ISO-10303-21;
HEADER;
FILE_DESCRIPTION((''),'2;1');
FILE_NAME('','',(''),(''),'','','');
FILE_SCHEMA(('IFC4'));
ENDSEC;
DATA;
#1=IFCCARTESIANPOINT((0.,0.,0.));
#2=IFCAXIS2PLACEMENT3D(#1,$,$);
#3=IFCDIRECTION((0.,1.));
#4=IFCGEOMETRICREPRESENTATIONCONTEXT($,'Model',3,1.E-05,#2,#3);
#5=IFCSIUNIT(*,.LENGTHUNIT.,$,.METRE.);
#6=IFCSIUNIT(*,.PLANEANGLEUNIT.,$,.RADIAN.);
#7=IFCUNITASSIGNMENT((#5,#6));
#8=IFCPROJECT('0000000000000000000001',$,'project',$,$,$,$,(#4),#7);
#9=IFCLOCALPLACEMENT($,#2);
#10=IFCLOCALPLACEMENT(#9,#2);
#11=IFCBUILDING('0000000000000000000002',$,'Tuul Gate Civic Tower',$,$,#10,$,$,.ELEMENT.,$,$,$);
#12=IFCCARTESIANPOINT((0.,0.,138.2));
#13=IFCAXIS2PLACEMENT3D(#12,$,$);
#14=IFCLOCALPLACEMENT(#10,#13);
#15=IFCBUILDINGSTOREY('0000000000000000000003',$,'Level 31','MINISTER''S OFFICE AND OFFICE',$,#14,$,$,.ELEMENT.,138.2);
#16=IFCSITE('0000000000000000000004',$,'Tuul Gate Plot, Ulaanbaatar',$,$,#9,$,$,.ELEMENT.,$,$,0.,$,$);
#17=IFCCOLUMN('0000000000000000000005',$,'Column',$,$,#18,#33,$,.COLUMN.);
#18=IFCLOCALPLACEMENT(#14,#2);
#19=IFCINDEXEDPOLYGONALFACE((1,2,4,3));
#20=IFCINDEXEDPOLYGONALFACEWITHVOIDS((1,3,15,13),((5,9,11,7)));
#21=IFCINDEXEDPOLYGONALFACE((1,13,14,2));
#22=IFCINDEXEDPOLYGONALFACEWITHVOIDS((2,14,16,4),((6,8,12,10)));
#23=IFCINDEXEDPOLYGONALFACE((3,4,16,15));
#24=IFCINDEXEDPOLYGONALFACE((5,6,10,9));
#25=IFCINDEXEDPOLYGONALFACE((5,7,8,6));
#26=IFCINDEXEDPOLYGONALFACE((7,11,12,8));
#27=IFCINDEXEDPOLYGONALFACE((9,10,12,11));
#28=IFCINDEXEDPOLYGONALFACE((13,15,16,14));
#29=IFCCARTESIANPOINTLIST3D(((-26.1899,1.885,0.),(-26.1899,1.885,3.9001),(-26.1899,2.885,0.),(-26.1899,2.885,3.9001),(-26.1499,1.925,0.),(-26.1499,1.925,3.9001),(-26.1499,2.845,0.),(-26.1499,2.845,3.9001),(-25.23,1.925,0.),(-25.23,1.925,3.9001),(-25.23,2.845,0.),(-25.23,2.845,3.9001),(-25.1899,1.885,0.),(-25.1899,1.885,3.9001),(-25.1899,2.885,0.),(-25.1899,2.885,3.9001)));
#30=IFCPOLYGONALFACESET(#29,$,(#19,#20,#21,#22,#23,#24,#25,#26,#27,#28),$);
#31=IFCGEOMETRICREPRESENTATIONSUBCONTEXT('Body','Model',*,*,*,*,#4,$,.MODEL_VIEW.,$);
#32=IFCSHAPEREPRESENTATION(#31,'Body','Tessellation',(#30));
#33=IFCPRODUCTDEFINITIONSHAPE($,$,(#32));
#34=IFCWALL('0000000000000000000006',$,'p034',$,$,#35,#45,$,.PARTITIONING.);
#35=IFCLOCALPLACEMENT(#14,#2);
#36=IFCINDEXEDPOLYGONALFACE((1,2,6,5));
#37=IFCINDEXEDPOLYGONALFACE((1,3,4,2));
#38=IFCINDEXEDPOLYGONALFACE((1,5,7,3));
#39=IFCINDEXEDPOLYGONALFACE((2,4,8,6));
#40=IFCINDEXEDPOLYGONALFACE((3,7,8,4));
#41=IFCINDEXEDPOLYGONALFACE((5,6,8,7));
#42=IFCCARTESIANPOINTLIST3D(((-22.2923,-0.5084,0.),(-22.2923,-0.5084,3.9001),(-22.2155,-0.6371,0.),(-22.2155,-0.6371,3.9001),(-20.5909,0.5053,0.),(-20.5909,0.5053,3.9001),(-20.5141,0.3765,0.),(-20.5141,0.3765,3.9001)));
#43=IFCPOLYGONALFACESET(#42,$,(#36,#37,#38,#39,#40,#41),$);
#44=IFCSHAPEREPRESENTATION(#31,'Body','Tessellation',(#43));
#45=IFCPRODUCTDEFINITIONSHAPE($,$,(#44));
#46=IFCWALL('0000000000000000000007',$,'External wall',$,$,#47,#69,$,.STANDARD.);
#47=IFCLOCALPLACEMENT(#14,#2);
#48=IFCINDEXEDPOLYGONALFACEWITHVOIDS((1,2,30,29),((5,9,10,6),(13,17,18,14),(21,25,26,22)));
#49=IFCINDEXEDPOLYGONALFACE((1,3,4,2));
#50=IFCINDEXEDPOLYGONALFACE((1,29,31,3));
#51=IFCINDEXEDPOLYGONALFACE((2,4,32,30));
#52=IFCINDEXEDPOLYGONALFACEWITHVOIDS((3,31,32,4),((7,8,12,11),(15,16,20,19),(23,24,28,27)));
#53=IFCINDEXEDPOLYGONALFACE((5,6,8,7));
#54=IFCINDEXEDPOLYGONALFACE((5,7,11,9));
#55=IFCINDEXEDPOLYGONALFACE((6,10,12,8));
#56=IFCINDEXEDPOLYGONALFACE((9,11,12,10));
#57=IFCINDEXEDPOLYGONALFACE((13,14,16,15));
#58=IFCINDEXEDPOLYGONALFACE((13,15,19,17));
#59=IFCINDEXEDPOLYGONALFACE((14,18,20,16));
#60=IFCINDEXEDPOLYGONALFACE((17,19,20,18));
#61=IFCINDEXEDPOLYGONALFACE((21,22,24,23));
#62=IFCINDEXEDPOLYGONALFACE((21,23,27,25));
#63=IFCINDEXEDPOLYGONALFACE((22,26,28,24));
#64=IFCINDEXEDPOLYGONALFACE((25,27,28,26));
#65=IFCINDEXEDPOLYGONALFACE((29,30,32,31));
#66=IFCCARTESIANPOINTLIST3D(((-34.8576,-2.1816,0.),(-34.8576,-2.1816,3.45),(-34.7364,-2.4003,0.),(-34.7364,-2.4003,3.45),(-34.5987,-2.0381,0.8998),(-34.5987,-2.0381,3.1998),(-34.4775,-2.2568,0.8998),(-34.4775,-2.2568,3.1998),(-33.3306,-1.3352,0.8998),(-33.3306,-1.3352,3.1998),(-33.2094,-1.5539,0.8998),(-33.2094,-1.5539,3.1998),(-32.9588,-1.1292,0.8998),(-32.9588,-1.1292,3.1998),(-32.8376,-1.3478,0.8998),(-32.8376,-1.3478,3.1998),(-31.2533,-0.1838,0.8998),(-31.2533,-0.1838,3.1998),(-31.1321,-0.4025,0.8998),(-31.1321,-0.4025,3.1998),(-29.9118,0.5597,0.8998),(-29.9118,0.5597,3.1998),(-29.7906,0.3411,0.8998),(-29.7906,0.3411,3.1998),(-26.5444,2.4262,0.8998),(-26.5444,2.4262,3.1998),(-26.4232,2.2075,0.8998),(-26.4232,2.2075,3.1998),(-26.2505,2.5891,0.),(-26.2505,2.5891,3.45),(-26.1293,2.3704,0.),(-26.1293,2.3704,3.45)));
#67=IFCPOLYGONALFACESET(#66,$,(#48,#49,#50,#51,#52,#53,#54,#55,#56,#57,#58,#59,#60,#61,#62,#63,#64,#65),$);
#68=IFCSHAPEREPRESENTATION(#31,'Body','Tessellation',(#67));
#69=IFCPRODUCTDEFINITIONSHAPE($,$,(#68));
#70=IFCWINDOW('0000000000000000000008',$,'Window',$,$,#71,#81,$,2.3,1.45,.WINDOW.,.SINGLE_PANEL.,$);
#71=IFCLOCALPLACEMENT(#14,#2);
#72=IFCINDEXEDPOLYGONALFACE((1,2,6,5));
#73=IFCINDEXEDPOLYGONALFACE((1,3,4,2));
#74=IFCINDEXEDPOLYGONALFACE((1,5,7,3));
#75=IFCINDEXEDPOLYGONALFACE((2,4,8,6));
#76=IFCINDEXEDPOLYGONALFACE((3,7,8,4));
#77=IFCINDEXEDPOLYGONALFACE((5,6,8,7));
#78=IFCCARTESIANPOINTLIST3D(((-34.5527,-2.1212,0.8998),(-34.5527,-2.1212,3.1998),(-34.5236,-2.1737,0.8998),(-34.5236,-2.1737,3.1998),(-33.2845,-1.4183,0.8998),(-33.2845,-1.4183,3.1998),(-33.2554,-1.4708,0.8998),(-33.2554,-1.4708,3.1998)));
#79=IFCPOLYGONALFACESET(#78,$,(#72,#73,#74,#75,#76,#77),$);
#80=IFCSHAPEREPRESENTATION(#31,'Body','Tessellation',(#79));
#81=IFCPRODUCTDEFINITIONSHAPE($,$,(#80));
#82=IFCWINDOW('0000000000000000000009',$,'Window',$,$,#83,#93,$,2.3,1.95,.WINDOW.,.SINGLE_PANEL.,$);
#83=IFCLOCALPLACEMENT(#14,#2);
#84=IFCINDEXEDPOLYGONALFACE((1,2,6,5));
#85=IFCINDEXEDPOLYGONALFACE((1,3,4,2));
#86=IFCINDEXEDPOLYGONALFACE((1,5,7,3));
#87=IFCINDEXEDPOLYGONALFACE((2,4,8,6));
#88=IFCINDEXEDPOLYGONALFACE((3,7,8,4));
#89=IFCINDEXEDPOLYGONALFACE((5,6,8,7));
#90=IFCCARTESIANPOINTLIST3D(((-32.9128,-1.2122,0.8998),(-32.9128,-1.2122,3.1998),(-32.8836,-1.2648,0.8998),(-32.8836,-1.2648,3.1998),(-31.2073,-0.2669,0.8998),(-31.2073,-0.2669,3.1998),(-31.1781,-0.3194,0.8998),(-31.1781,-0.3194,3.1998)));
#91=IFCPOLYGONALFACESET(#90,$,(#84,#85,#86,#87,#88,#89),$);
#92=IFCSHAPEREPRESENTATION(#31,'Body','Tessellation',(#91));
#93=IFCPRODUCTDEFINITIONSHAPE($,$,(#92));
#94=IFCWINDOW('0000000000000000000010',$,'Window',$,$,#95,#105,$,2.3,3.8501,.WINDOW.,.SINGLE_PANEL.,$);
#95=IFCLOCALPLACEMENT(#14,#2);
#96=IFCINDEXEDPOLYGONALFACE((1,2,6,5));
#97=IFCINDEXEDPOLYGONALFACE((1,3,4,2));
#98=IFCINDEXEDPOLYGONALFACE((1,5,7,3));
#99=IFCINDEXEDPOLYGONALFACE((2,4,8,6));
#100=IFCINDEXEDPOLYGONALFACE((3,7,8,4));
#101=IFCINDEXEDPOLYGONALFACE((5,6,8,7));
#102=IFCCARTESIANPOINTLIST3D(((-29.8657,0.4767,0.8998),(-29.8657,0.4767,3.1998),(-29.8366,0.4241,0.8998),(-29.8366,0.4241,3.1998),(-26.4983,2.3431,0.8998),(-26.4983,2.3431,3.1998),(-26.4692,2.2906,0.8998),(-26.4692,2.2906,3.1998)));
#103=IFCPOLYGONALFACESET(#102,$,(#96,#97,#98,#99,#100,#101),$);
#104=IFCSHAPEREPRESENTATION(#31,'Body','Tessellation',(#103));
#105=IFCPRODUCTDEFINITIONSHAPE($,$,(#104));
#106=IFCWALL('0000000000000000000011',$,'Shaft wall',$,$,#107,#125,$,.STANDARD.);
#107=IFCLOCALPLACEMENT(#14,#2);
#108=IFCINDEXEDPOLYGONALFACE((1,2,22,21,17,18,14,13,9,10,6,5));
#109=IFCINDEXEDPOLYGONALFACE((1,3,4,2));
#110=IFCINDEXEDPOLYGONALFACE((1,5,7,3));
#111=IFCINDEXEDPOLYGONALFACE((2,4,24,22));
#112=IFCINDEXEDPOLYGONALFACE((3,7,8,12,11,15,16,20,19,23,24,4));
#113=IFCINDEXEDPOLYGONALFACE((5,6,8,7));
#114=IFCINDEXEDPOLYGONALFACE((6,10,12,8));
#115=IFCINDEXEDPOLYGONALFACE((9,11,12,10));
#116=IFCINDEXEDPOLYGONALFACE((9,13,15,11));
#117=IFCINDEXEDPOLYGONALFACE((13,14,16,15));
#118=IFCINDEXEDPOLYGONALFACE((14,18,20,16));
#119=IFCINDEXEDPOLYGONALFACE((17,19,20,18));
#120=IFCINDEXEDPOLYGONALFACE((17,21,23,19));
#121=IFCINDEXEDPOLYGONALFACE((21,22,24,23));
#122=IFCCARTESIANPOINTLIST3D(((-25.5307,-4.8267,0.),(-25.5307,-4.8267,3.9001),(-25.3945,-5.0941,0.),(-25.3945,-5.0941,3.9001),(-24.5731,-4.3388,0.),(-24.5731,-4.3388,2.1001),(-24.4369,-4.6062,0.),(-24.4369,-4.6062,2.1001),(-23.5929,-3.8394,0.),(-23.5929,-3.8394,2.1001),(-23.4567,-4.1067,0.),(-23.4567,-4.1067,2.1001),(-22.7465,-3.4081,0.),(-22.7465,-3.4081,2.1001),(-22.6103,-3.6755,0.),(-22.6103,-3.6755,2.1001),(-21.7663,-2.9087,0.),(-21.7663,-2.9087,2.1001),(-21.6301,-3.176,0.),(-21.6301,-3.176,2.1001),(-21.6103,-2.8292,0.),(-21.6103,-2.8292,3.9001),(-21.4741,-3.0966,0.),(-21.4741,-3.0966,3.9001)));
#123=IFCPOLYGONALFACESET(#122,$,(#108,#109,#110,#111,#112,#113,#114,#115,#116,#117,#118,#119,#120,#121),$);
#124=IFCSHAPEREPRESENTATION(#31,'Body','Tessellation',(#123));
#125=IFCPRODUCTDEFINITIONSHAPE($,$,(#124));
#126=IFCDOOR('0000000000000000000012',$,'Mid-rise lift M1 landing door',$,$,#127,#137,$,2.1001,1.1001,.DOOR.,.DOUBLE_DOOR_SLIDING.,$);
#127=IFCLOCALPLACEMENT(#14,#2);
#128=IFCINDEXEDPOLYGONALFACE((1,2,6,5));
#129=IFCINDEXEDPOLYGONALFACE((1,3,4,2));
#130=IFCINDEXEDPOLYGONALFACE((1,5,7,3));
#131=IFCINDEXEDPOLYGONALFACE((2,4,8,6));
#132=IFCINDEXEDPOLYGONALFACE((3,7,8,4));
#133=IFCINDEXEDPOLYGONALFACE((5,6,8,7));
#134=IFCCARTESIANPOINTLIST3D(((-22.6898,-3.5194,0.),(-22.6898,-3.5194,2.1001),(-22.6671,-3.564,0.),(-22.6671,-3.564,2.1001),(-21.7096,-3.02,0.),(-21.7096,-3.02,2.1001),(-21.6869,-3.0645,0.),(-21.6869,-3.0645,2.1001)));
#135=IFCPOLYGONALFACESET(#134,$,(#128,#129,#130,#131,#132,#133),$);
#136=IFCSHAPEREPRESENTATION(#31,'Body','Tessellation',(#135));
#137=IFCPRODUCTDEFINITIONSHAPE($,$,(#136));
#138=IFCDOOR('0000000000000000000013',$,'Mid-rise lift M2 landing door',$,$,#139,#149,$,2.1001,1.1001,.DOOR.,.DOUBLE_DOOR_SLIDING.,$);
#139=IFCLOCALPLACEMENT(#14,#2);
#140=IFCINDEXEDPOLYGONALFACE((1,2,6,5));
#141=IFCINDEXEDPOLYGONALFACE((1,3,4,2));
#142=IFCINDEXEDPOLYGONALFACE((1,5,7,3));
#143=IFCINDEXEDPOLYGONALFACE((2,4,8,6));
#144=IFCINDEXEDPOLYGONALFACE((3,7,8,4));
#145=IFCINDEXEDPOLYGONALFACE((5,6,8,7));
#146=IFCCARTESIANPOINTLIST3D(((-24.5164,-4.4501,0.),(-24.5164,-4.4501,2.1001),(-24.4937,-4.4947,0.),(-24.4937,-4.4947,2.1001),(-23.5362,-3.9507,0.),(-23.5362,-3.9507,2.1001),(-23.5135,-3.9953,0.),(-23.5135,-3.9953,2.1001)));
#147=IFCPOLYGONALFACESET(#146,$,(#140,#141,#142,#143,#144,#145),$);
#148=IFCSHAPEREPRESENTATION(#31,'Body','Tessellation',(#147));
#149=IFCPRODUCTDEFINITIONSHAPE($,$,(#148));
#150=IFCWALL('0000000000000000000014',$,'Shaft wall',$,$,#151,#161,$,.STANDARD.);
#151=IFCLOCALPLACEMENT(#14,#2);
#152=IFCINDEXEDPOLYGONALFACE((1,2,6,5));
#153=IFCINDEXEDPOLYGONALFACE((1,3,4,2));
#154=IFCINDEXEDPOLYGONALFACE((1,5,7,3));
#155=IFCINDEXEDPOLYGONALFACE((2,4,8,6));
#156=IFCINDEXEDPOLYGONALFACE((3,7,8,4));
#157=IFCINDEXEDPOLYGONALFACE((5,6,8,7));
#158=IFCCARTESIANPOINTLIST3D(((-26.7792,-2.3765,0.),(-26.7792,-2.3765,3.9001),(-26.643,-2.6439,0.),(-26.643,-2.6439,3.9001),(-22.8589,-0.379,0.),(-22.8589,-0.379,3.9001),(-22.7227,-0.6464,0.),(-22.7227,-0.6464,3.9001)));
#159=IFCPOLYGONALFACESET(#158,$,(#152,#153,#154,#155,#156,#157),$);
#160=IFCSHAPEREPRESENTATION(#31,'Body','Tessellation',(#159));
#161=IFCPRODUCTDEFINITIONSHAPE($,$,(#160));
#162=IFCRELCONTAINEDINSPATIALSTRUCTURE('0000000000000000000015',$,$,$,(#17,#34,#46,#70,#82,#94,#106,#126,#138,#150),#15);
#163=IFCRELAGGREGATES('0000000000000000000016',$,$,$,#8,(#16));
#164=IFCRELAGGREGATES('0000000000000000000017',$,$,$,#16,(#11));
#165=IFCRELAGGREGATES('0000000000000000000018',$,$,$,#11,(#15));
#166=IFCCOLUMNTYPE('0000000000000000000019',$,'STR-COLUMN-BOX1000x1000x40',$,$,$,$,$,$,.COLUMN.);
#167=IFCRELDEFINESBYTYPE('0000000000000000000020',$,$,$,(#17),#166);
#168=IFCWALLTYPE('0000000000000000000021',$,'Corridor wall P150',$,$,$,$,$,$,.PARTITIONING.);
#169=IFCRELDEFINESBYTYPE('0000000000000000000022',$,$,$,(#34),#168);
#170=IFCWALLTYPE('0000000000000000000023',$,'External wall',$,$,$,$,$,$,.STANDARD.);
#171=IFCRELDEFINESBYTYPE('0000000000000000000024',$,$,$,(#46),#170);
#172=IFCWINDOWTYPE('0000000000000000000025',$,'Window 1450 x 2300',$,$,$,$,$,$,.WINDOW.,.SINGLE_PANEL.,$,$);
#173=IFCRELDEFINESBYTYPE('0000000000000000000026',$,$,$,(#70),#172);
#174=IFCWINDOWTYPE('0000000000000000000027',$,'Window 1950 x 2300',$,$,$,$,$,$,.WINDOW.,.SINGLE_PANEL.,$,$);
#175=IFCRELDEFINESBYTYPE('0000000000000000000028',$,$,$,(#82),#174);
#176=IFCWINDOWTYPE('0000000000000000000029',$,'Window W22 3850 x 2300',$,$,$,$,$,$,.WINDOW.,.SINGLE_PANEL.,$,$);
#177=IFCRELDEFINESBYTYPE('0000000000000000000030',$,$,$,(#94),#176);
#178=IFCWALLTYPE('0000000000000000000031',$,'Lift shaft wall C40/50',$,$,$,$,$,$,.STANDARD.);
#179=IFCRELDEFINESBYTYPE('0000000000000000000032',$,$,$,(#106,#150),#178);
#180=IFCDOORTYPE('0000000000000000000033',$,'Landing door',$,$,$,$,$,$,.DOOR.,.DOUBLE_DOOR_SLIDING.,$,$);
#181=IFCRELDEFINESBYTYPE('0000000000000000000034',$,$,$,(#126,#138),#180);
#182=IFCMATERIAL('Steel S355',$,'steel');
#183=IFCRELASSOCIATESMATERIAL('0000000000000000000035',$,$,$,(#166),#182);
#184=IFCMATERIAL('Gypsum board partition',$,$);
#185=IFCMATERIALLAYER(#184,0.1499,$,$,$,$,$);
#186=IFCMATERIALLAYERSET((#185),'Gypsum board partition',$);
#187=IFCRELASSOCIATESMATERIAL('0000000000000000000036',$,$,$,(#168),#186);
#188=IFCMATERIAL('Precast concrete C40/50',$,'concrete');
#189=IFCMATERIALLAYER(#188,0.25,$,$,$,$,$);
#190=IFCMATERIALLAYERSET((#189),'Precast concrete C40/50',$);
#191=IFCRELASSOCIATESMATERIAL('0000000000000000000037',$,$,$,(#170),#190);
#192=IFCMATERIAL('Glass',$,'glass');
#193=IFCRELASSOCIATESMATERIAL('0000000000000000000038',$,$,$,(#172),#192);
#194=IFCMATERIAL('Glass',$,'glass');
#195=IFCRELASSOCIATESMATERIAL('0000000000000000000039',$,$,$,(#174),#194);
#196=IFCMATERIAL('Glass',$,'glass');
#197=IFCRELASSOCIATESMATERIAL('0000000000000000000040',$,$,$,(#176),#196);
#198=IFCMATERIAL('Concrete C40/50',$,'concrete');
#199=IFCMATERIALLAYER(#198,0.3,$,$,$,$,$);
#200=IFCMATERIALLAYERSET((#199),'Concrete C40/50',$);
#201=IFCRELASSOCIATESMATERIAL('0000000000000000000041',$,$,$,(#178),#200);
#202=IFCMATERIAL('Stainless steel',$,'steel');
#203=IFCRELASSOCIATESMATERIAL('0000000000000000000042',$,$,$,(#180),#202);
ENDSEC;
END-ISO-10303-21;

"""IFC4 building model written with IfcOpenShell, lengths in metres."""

from ifc_helpers import new_model, si_unit, direction, frame, frame_2d, origin, origin_2d, place, context, subcontext, project, spatial, rectangle, hollow_rectangle, extrude, material, layer, layer_set, material_profile, profile_set, type_object, element, fill, save


model = new_model("IFC4")

# Units and contexts
model_context = context("Model", 3, precision=1e-05, world=origin(), true_north=direction((0.0, 1.0)))
body_context = subcontext(model_context, "Body", "Model", "MODEL_VIEW")
ifc_project = project(units=[si_unit("LENGTHUNIT", "METRE"), si_unit("PLANEANGLEUNIT", "RADIAN")], contexts=[model_context])

# Site, building, storey
site_placement = place(None, origin())
site = spatial("IfcSite", under=ifc_project, at=site_placement, Name="Tuul Gate Plot, Ulaanbaatar", CompositionType="ELEMENT", RefElevation=0.0)
building_placement = place(site_placement, origin())
building = spatial("IfcBuilding", under=site, at=building_placement, Name="Tuul Gate Civic Tower", CompositionType="ELEMENT")
storey_placement = place(building_placement, frame((0.0, 0.0, 138.2)))
storey = spatial("IfcBuildingStorey", under=building, at=storey_placement, Name="Level 31", Description="MINISTER'S OFFICE AND OFFICE", CompositionType="ELEMENT", Elevation=138.2)

# Column
ifc_material_1 = material(Name="Steel S355", Category="steel")
ifc_material_profile_1 = material_profile(ifc_material_1, hollow_rectangle(XDim=1.0, YDim=1.0, WallThickness=0.04, at=origin_2d()), Name="BOX1000x1000x40")
ifc_profile_set_1 = profile_set([ifc_material_profile_1], Name="Steel S355")
column_type = type_object("IfcColumnType", Name="STR-COLUMN-BOX1000x1000x40", PredefinedType="COLUMN", material=ifc_profile_set_1)
column_placement = place(storey_placement, frame((-25.6899, 2.385, 0.0), z_axis=(0.0, 0.0, 1.0), x_axis=(1.0, 0.0, 0.0)))
element("IfcColumn", 1, at=column_placement, inside=storey, type_object=column_type, Name="Column", PredefinedType="COLUMN", context=body_context, shape_type="SweptSolid", body=[
    extrude(hollow_rectangle(XDim=1.0, YDim=1.0, WallThickness=0.04, at=origin_2d()), origin(), (0.0, 0.0, 1.0), 3.9001),
])

# Wall
ifc_material_2 = material(Name="Gypsum board partition")
ifc_layer_1 = layer(ifc_material_2, 0.1499)
ifc_layer_set_1 = layer_set([ifc_layer_1], Name="Gypsum board partition")
wall_type_1 = type_object("IfcWallType", Name="Corridor wall P150", PredefinedType="PARTITIONING", material=ifc_layer_set_1)
wall_1_placement = place(storey_placement, frame((-22.2539, -0.5728, 0.0), z_axis=(0.0, 0.0, 1.0), x_axis=(0.859088, 0.511828, 0.0)))
element("IfcWall", 2, at=wall_1_placement, inside=storey, type_object=wall_type_1, Name="p034", PredefinedType="PARTITIONING", context=body_context, shape_type="SweptSolid", body=[
    extrude(rectangle(XDim=1.9805, YDim=0.1499, at=frame_2d((0.9902, 0.0))), origin(), (0.0, 0.0, 1.0), 3.9001),
])

# Wall, openings, windows
ifc_material_3 = material(Name="Precast concrete C40/50", Category="concrete")
ifc_layer_2 = layer(ifc_material_3, 0.25)
ifc_layer_set_2 = layer_set([ifc_layer_2], Name="Precast concrete C40/50")
wall_type_2 = type_object("IfcWallType", Name="External wall", PredefinedType="STANDARD", material=ifc_layer_set_2)
wall_2_placement = place(storey_placement, frame((-26.1899, 2.4797, 0.0), z_axis=(0.0, 0.0, 1.0), x_axis=(-0.874632, -0.484787, 0.0)))
wall_2 = element("IfcWall", 3, at=wall_2_placement, inside=storey, type_object=wall_type_2, Name="External wall", PredefinedType="STANDARD", context=body_context, shape_type="SweptSolid", body=[
    extrude(rectangle(XDim=9.8408, YDim=0.25, at=frame_2d((4.9204, 0.0))), origin(), (0.0, 0.0, 1.0), 3.45),
])
opening_1_placement = place(wall_2_placement, frame((0.3359, 0.0, 0.8999)))
opening_1 = element("IfcOpeningElement", 4, at=opening_1_placement, cuts=wall_2, PredefinedType="OPENING", context=body_context, shape_type="SweptSolid", body=[
    extrude(rectangle(XDim=3.8501, YDim=2.3, at=frame_2d((1.925, 1.1499))), frame((0.0, 0.135, 0.0), z_axis=(0.0, -1.0, 0.0), x_axis=(1.0, 0.0, 0.0)), (0.0, 0.0, 1.0), 0.27),
])
opening_2_placement = place(wall_2_placement, frame((5.7197, 0.0, 0.8999)))
opening_2 = element("IfcOpeningElement", 5, at=opening_2_placement, cuts=wall_2, PredefinedType="OPENING", context=body_context, shape_type="SweptSolid", body=[
    extrude(rectangle(XDim=1.95, YDim=2.3, at=frame_2d((0.9751, 1.1499))), frame((0.0, 0.135, 0.0), z_axis=(0.0, -1.0, 0.0), x_axis=(1.0, 0.0, 0.0)), (0.0, 0.0, 1.0), 0.27),
])
opening_3_placement = place(wall_2_placement, frame((8.0947, 0.0, 0.8999)))
opening_3 = element("IfcOpeningElement", 6, at=opening_3_placement, cuts=wall_2, PredefinedType="OPENING", context=body_context, shape_type="SweptSolid", body=[
    extrude(rectangle(XDim=1.45, YDim=2.3, at=frame_2d((0.7251, 1.1499))), frame((0.0, 0.135, 0.0), z_axis=(0.0, -1.0, 0.0), x_axis=(1.0, 0.0, 0.0)), (0.0, 0.0, 1.0), 0.27),
])
ifc_material_4 = material(Name="Glass", Category="glass")
window_type_1 = type_object("IfcWindowType", Name="Window 1450 x 2300", PartitioningType="SINGLE_PANEL", PredefinedType="WINDOW", material=ifc_material_4)
window_1_placement = place(opening_3_placement, origin())
window_1 = element("IfcWindow", 7, at=window_1_placement, inside=storey, type_object=window_type_1, Name="Window", OverallHeight=2.3, OverallWidth=1.45, PartitioningType="SINGLE_PANEL", PredefinedType="WINDOW", context=body_context, shape_type="SweptSolid", body=[
    extrude(rectangle(XDim=1.45, YDim=2.3, at=frame_2d((0.7251, 1.1499))), frame((0.0, 0.03, 0.0), z_axis=(0.0, -1.0, 0.0), x_axis=(1.0, 0.0, 0.0)), (0.0, 0.0, 1.0), 0.0601),
])
fill(opening_3, window_1)
ifc_material_5 = material(Name="Glass", Category="glass")
window_type_2 = type_object("IfcWindowType", Name="Window 1950 x 2300", PartitioningType="SINGLE_PANEL", PredefinedType="WINDOW", material=ifc_material_5)
window_2_placement = place(opening_2_placement, origin())
window_2 = element("IfcWindow", 8, at=window_2_placement, inside=storey, type_object=window_type_2, Name="Window", OverallHeight=2.3, OverallWidth=1.95, PartitioningType="SINGLE_PANEL", PredefinedType="WINDOW", context=body_context, shape_type="SweptSolid", body=[
    extrude(rectangle(XDim=1.95, YDim=2.3, at=frame_2d((0.9751, 1.1499))), frame((0.0, 0.03, 0.0), z_axis=(0.0, -1.0, 0.0), x_axis=(1.0, 0.0, 0.0)), (0.0, 0.0, 1.0), 0.0601),
])
fill(opening_2, window_2)
ifc_material_6 = material(Name="Glass", Category="glass")
window_type_3 = type_object("IfcWindowType", Name="Window W22 3850 x 2300", PartitioningType="SINGLE_PANEL", PredefinedType="WINDOW", material=ifc_material_6)
window_3_placement = place(opening_1_placement, origin())
window_3 = element("IfcWindow", 9, at=window_3_placement, inside=storey, type_object=window_type_3, Name="Window", OverallHeight=2.3, OverallWidth=3.8501, PartitioningType="SINGLE_PANEL", PredefinedType="WINDOW", context=body_context, shape_type="SweptSolid", body=[
    extrude(rectangle(XDim=3.8501, YDim=2.3, at=frame_2d((1.925, 1.1499))), frame((0.0, 0.03, 0.0), z_axis=(0.0, -1.0, 0.0), x_axis=(1.0, 0.0, 0.0)), (0.0, 0.0, 1.0), 0.0601),
])
fill(opening_1, window_3)

# Wall, openings, doors
ifc_material_7 = material(Name="Concrete C40/50", Category="concrete")
ifc_layer_3 = layer(ifc_material_7, 0.3)
ifc_layer_set_3 = layer_set([ifc_layer_3], Name="Concrete C40/50")
wall_type_3 = type_object("IfcWallType", Name="Lift shaft wall C40/50", PredefinedType="STANDARD", material=ifc_layer_set_3)
wall_3_placement = place(storey_placement, frame((-21.5422, -2.9629, 0.0), z_axis=(0.0, 0.0, 1.0), x_axis=(-0.891006, -0.453992, 0.0)))
wall_3 = element("IfcWall", 10, at=wall_3_placement, inside=storey, type_object=wall_type_3, Name="Shaft wall", PredefinedType="STANDARD", context=body_context, shape_type="SweptSolid", body=[
    extrude(rectangle(XDim=4.3999, YDim=0.3, at=frame_2d((2.2, 0.0))), origin(), (0.0, 0.0, 1.0), 3.9001),
])
opening_4_placement = place(wall_3_placement, frame((0.175, 0.0, 0.0)))
opening_4 = element("IfcOpeningElement", 11, at=opening_4_placement, cuts=wall_3, PredefinedType="OPENING", context=body_context, shape_type="SweptSolid", body=[
    extrude(rectangle(XDim=1.1001, YDim=2.1001, at=frame_2d((0.55, 1.05))), frame((0.0, 0.1602, 0.0), z_axis=(0.0, -1.0, 0.0), x_axis=(1.0, 0.0, 0.0)), (0.0, 0.0, 1.0), 0.3201),
])
opening_5_placement = place(wall_3_placement, frame((2.2251, 0.0, 0.0)))
opening_5 = element("IfcOpeningElement", 12, at=opening_5_placement, cuts=wall_3, PredefinedType="OPENING", context=body_context, shape_type="SweptSolid", body=[
    extrude(rectangle(XDim=1.1001, YDim=2.1001, at=frame_2d((0.55, 1.05))), frame((0.0, 0.1602, 0.0), z_axis=(0.0, -1.0, 0.0), x_axis=(1.0, 0.0, 0.0)), (0.0, 0.0, 1.0), 0.3201),
])
ifc_material_8 = material(Name="Stainless steel", Category="steel")
door_type_1 = type_object("IfcDoorType", Name="Landing door", OperationType="DOUBLE_DOOR_SLIDING", PredefinedType="DOOR", material=ifc_material_8)
door_1_placement = place(opening_4_placement, origin())
door_1 = element("IfcDoor", 13, at=door_1_placement, inside=storey, type_object=door_type_1, Name="Mid-rise lift M1 landing door", OperationType="DOUBLE_DOOR_SLIDING", OverallHeight=2.1001, OverallWidth=1.1001, PredefinedType="DOOR", context=body_context, shape_type="SweptSolid", body=[
    extrude(rectangle(XDim=1.1001, YDim=2.1001, at=frame_2d((0.55, 1.05))), frame((0.0, 0.0249, 0.0), z_axis=(0.0, -1.0, 0.0), x_axis=(1.0, 0.0, 0.0)), (0.0, 0.0, 1.0), 0.05),
])
fill(opening_4, door_1)
door_2_placement = place(opening_5_placement, origin())
door_2 = element("IfcDoor", 14, at=door_2_placement, inside=storey, type_object=door_type_1, Name="Mid-rise lift M2 landing door", OperationType="DOUBLE_DOOR_SLIDING", OverallHeight=2.1001, OverallWidth=1.1001, PredefinedType="DOOR", context=body_context, shape_type="SweptSolid", body=[
    extrude(rectangle(XDim=1.1001, YDim=2.1001, at=frame_2d((0.55, 1.05))), frame((0.0, 0.0249, 0.0), z_axis=(0.0, -1.0, 0.0), x_axis=(1.0, 0.0, 0.0)), (0.0, 0.0, 1.0), 0.05),
])
fill(opening_5, door_2)

# Wall
wall_4_placement = place(storey_placement, frame((-22.7908, -0.5127, 0.0), z_axis=(0.0, 0.0, 1.0), x_axis=(-0.891006, -0.453992, 0.0)))
element("IfcWall", 15, at=wall_4_placement, inside=storey, type_object=wall_type_3, Name="Shaft wall", PredefinedType="STANDARD", context=body_context, shape_type="SweptSolid", body=[
    extrude(rectangle(XDim=4.3999, YDim=0.3, at=frame_2d((2.2, 0.0))), origin(), (0.0, 0.0, 1.0), 3.9001),
])

save(model, "model.ifc")
